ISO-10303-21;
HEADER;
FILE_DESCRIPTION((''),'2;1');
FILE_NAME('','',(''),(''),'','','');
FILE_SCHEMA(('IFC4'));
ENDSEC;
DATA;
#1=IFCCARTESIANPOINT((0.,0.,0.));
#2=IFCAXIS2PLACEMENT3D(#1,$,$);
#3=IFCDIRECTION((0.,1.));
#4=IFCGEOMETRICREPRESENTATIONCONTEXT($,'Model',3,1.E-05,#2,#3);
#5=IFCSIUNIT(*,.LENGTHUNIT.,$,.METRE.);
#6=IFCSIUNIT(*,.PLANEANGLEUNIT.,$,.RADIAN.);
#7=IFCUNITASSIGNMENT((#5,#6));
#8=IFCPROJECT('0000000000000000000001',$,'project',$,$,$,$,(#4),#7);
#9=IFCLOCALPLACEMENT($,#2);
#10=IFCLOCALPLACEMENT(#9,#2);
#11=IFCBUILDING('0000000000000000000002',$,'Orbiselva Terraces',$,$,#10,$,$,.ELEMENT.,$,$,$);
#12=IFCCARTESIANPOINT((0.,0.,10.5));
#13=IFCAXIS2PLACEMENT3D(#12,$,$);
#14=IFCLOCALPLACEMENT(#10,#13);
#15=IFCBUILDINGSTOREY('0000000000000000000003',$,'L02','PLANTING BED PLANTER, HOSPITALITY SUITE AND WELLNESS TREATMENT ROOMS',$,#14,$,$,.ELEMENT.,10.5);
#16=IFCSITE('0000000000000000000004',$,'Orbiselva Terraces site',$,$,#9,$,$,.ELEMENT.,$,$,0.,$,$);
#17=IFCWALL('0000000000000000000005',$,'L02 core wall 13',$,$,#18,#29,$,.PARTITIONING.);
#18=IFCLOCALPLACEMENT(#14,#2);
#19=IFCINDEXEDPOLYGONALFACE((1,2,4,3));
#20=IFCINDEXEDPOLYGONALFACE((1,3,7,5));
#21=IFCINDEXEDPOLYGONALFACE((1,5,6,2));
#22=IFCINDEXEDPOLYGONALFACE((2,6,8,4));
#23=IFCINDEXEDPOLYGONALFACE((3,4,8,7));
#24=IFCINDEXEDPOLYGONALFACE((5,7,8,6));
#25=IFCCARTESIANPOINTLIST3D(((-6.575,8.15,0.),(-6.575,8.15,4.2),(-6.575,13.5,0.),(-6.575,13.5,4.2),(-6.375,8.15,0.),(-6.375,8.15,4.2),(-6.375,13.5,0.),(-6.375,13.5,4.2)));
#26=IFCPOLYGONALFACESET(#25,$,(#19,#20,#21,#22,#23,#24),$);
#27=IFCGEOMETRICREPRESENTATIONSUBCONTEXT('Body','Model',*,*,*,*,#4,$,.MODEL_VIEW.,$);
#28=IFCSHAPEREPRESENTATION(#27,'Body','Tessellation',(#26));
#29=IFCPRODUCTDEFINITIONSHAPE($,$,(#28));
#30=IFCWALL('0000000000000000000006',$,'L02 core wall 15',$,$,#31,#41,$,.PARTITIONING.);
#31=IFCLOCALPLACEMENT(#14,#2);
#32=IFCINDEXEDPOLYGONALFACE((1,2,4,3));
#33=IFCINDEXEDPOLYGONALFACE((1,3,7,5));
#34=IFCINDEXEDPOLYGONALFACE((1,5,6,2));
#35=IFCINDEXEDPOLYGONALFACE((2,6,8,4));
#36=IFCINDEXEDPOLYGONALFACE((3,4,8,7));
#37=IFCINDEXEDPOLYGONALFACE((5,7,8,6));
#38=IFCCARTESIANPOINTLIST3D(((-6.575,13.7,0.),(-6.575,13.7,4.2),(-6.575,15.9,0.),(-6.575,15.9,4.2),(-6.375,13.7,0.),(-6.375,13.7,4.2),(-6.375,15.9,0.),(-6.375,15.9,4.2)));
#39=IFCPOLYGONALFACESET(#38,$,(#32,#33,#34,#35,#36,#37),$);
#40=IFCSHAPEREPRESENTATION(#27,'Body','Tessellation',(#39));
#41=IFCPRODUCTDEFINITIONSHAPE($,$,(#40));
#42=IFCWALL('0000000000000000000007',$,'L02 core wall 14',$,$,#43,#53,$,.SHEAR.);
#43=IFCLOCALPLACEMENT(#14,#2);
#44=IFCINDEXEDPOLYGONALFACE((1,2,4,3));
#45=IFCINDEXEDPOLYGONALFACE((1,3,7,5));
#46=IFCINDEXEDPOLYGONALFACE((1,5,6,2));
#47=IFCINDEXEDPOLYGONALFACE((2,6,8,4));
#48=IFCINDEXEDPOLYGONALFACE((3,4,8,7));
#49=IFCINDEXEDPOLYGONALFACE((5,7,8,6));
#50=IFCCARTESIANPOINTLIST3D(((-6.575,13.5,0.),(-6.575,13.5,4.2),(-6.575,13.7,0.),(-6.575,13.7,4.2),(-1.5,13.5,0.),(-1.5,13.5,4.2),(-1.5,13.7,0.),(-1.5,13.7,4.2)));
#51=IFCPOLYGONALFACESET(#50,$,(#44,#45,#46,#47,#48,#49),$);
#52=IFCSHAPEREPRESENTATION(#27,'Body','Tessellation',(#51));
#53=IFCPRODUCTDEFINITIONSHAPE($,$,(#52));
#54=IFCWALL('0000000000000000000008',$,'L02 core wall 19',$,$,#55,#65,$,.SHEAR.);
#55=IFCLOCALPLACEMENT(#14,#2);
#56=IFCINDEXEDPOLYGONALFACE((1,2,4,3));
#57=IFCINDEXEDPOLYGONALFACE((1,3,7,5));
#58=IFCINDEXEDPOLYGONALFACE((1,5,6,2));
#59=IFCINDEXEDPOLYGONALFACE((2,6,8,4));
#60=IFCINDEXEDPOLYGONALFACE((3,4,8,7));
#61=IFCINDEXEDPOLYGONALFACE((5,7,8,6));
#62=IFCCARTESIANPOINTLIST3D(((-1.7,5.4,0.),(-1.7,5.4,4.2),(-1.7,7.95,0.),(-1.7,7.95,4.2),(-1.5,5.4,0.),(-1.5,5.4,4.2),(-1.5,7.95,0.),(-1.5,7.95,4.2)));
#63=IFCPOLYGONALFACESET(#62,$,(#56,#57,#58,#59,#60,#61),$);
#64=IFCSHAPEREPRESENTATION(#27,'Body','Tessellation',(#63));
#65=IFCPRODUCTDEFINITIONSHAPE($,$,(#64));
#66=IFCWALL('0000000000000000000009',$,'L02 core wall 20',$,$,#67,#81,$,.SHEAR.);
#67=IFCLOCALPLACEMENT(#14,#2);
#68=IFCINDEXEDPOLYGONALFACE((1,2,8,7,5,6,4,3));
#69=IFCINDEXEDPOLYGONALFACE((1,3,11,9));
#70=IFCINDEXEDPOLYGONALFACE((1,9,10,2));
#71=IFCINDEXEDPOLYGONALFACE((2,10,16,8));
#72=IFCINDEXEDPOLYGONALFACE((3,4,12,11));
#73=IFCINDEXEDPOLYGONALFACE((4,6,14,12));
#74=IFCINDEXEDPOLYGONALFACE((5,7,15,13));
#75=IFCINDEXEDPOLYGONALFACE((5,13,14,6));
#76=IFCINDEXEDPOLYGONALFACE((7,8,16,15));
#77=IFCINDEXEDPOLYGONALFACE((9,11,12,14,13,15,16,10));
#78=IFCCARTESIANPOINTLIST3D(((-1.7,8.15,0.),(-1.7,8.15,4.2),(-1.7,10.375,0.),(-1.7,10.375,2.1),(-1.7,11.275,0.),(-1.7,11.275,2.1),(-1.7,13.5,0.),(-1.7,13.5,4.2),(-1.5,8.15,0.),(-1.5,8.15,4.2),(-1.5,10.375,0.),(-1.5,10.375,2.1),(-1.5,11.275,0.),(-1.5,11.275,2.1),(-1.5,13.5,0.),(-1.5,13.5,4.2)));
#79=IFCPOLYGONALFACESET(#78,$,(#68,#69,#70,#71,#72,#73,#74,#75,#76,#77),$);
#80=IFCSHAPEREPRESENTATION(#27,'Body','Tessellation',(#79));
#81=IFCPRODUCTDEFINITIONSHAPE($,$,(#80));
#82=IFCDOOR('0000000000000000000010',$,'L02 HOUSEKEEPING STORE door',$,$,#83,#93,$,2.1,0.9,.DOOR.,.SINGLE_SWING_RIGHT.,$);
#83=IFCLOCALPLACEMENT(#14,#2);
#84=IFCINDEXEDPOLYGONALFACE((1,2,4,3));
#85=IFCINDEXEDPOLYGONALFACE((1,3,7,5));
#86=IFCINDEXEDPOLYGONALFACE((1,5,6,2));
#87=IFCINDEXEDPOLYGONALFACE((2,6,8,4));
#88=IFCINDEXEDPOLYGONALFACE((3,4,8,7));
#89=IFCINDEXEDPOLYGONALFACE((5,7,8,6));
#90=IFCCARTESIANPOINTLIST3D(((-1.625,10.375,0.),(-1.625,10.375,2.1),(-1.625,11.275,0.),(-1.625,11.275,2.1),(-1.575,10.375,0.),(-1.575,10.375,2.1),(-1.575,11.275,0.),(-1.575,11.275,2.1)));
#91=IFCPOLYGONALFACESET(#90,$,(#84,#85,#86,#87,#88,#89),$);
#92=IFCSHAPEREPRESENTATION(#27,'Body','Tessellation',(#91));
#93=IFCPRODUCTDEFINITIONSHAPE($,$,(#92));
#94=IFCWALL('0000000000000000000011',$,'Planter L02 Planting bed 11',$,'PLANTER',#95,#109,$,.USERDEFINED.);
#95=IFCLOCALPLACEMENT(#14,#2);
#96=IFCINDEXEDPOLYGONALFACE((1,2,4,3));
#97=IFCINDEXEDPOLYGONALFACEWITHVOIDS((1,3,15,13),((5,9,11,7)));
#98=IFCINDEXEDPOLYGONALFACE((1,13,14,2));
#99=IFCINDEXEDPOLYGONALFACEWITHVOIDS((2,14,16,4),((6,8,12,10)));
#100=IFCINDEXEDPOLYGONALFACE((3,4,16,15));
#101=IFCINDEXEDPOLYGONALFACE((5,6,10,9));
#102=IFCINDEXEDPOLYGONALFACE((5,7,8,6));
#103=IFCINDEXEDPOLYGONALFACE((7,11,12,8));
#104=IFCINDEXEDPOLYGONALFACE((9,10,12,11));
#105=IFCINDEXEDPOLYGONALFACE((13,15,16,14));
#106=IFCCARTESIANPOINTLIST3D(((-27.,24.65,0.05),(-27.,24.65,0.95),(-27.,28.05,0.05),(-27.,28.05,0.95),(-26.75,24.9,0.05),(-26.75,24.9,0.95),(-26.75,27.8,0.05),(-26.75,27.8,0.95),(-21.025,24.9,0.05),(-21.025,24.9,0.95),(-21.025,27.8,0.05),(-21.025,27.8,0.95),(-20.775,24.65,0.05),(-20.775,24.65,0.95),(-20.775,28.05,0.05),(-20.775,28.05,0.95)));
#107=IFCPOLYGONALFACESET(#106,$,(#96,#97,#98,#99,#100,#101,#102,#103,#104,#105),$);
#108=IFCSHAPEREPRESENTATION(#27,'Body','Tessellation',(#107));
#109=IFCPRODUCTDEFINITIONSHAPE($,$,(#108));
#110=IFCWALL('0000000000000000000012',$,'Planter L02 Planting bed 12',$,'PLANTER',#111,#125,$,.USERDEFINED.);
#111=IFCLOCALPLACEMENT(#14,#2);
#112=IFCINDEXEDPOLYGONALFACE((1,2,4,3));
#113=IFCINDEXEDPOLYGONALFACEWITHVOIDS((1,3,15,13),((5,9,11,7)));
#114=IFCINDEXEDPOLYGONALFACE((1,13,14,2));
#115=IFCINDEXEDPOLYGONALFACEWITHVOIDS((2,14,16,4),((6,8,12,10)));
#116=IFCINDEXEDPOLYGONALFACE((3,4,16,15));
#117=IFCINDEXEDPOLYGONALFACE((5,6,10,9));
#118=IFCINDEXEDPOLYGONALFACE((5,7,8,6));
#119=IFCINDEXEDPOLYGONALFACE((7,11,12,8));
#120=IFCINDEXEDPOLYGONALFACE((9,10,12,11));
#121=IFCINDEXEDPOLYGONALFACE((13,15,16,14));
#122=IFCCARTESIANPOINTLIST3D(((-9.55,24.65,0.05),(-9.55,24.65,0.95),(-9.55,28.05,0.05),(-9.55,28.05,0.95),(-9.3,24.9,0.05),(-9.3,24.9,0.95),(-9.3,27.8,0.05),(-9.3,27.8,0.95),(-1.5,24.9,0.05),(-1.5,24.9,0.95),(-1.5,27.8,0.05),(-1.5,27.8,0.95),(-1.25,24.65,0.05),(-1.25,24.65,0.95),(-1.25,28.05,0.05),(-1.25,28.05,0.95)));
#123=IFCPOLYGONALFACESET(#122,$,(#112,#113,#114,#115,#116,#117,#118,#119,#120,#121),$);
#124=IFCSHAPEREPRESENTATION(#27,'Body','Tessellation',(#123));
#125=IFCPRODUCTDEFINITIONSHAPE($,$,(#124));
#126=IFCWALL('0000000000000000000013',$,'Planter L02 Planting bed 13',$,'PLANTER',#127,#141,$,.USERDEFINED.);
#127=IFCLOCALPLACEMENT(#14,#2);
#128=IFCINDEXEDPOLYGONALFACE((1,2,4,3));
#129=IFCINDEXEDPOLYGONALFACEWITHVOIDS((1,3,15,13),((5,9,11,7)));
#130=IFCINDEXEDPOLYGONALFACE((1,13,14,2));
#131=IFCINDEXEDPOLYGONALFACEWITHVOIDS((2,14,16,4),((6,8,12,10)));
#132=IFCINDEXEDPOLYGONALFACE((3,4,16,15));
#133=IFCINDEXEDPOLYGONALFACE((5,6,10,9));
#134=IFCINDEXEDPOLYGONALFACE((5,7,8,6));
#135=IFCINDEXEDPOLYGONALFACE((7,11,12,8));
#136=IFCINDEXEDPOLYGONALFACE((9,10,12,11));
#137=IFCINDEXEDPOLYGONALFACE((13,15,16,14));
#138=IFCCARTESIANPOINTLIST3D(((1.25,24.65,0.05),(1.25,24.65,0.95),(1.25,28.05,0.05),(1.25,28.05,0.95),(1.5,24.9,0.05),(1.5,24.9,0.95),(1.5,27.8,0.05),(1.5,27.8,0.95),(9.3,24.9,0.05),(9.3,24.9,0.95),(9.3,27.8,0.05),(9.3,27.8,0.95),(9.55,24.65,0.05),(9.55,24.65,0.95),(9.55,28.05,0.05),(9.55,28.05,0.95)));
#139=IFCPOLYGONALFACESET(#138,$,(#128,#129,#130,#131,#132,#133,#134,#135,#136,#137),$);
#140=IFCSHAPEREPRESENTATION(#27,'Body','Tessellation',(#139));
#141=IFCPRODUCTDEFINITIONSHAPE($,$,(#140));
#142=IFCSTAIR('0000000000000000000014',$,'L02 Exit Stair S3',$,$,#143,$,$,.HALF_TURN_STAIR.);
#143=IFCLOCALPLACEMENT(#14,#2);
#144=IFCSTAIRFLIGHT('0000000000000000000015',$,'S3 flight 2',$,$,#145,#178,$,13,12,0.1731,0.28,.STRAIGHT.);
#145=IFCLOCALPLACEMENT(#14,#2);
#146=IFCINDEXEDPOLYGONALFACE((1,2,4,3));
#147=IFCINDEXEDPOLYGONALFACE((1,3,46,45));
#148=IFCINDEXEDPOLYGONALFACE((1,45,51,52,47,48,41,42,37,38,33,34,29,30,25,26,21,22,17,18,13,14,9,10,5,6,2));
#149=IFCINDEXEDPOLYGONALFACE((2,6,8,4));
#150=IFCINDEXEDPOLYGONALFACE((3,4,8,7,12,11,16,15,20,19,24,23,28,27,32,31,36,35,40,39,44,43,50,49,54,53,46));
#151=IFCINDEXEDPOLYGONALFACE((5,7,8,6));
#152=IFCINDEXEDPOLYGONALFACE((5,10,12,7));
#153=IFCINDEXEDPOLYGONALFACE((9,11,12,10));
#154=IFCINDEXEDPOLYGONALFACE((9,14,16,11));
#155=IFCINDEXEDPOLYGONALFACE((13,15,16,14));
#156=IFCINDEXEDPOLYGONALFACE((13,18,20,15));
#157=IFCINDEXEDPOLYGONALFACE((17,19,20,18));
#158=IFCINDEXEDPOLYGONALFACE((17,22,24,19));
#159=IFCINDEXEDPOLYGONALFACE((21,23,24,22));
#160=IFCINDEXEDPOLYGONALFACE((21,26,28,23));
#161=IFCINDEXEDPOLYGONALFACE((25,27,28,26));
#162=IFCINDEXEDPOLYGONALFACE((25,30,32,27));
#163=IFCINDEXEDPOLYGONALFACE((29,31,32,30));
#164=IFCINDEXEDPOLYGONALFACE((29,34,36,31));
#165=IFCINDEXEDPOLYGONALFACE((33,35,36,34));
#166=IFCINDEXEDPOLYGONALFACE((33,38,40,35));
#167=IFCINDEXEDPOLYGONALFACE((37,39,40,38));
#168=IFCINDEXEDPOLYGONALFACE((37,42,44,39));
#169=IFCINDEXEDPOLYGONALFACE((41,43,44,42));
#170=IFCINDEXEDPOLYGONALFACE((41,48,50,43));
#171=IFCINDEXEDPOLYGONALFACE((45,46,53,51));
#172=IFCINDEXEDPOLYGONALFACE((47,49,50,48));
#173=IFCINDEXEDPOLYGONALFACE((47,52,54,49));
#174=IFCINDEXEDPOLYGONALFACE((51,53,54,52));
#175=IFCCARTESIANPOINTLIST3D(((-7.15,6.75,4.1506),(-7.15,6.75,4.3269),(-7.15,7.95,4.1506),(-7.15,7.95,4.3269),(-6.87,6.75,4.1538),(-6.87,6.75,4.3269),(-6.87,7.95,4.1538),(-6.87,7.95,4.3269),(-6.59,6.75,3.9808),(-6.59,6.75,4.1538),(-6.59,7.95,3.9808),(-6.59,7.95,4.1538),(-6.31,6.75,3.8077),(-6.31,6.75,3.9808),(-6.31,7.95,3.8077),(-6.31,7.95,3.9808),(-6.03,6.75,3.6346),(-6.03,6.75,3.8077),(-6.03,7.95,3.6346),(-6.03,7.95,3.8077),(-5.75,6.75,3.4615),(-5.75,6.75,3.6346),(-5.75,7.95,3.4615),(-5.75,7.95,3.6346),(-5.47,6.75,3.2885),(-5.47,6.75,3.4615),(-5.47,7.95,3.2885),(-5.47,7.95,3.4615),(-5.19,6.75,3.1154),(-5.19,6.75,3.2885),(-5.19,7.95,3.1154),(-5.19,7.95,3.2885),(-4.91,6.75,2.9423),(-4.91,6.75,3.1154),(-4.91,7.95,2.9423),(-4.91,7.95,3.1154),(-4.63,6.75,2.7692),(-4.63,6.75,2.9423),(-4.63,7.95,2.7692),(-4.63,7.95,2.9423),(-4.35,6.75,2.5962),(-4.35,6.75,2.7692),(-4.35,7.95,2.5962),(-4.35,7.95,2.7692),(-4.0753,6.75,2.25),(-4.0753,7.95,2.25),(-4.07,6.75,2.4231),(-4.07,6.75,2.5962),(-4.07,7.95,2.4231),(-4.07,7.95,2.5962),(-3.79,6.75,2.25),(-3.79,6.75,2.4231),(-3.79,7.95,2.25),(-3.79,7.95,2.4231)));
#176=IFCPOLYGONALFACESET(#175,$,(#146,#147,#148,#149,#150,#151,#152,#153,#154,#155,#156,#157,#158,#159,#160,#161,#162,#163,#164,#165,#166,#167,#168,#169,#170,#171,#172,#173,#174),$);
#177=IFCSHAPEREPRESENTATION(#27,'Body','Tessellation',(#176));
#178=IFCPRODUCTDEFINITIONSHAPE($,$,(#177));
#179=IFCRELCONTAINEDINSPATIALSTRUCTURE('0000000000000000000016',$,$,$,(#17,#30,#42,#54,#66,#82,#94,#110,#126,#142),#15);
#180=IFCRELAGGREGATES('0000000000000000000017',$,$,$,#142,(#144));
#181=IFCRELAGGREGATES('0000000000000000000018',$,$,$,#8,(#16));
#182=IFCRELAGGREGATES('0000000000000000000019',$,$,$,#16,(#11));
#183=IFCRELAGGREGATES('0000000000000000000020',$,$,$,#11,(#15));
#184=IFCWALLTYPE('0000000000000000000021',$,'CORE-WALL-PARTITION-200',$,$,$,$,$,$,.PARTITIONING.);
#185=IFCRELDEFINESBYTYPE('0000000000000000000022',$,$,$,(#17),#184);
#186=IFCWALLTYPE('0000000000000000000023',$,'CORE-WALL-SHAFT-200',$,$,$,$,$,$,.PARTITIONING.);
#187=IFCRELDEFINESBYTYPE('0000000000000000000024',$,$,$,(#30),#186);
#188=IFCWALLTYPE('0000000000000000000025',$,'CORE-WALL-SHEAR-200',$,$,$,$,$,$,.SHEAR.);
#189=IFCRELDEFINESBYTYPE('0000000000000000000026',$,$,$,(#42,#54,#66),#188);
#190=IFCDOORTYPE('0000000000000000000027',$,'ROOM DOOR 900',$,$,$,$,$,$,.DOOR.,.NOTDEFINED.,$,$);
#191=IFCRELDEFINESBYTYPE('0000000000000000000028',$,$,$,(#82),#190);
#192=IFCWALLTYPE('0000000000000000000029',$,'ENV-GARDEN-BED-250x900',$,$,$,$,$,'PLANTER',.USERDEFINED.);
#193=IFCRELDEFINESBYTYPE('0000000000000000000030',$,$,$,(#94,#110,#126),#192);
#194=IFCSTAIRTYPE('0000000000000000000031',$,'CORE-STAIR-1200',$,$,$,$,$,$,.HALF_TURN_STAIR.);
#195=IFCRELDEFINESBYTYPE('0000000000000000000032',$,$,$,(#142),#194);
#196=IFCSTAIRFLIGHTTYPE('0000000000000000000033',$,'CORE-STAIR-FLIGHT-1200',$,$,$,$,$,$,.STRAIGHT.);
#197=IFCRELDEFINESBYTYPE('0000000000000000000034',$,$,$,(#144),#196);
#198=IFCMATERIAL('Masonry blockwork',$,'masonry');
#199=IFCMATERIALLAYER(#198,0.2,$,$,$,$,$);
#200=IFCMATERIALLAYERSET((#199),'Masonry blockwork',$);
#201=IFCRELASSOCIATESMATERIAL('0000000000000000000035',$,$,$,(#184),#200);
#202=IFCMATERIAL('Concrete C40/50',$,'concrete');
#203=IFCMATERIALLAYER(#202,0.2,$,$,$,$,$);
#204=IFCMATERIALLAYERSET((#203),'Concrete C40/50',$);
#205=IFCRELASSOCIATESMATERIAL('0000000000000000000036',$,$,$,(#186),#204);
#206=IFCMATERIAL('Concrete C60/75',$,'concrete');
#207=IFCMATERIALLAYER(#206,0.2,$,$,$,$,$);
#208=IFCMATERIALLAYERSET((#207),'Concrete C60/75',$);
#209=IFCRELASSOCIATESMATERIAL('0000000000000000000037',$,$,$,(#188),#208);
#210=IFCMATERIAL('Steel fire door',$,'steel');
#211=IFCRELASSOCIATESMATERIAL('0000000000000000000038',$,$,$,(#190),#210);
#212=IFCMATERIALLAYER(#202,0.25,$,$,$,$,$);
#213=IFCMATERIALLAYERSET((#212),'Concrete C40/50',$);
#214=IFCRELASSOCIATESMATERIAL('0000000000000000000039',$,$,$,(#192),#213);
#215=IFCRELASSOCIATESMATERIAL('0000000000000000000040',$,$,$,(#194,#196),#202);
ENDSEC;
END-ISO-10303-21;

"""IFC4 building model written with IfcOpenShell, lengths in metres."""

from ifc_helpers import new_model, si_unit, direction, frame, frame_2d, origin, place, context, subcontext, project, spatial, polyline, rectangle, outline, extrude, material, layer, layer_set, type_object, element, fill, aggregate, save


model = new_model("IFC4")

# Units and contexts
model_context = context("Model", 3, precision=1e-05, world=origin(), true_north=direction((0.0, 1.0)))
body_context = subcontext(model_context, "Body", "Model", "MODEL_VIEW")
ifc_project = project(units=[si_unit("LENGTHUNIT", "METRE"), si_unit("PLANEANGLEUNIT", "RADIAN")], contexts=[model_context])

# Site, building, storey
site_placement = place(None, origin())
site = spatial("IfcSite", under=ifc_project, at=site_placement, Name="Orbiselva Terraces site", CompositionType="ELEMENT", RefElevation=0.0)
building_placement = place(site_placement, origin())
building = spatial("IfcBuilding", under=site, at=building_placement, Name="Orbiselva Terraces", CompositionType="ELEMENT")
storey_placement = place(building_placement, frame((0.0, 0.0, 10.5)))
storey = spatial("IfcBuildingStorey", under=building, at=storey_placement, Name="L02", Description="PLANTING BED PLANTER, HOSPITALITY SUITE AND WELLNESS TREATMENT ROOMS", CompositionType="ELEMENT", Elevation=10.5)

# Walls
ifc_material_1 = material(Name="Masonry blockwork", Category="masonry")
ifc_layer_1 = layer(ifc_material_1, 0.2)
ifc_layer_set_1 = layer_set([ifc_layer_1], Name="Masonry blockwork")
wall_type_1 = type_object("IfcWallType", Name="CORE-WALL-PARTITION-200", PredefinedType="PARTITIONING", material=ifc_layer_set_1)
wall_1_placement = place(storey_placement, frame((-6.475, 8.15, 0.0), z_axis=(0.0, 0.0, 1.0), x_axis=(0.0, 1.0, 0.0)))
element("IfcWall", 1, at=wall_1_placement, inside=storey, type_object=wall_type_1, Name="L02 core wall 13", PredefinedType="PARTITIONING", context=body_context, shape_type="SweptSolid", body=[
    extrude(rectangle(XDim=5.35, YDim=0.2, at=frame_2d((2.675, 0.0))), origin(), (0.0, 0.0, 1.0), 4.2),
])
ifc_material_2 = material(Name="Concrete C40/50", Category="concrete")
ifc_layer_2 = layer(ifc_material_2, 0.2)
ifc_layer_set_2 = layer_set([ifc_layer_2], Name="Concrete C40/50")
wall_type_2 = type_object("IfcWallType", Name="CORE-WALL-SHAFT-200", PredefinedType="PARTITIONING", material=ifc_layer_set_2)
wall_2_placement = place(storey_placement, frame((-6.475, 13.7, 0.0), z_axis=(0.0, 0.0, 1.0), x_axis=(0.0, 1.0, 0.0)))
element("IfcWall", 2, at=wall_2_placement, inside=storey, type_object=wall_type_2, Name="L02 core wall 15", PredefinedType="PARTITIONING", context=body_context, shape_type="SweptSolid", body=[
    extrude(rectangle(XDim=2.2, YDim=0.2, at=frame_2d((1.1, 0.0))), origin(), (0.0, 0.0, 1.0), 4.2),
])
ifc_material_3 = material(Name="Concrete C60/75", Category="concrete")
ifc_layer_3 = layer(ifc_material_3, 0.2)
ifc_layer_set_3 = layer_set([ifc_layer_3], Name="Concrete C60/75")
wall_type_3 = type_object("IfcWallType", Name="CORE-WALL-SHEAR-200", PredefinedType="SHEAR", material=ifc_layer_set_3)
wall_3_placement = place(storey_placement, frame((-6.575, 13.6, 0.0), z_axis=(0.0, 0.0, 1.0), x_axis=(1.0, 0.0, 0.0)))
element("IfcWall", 3, at=wall_3_placement, inside=storey, type_object=wall_type_3, Name="L02 core wall 14", PredefinedType="SHEAR", context=body_context, shape_type="SweptSolid", body=[
    extrude(rectangle(XDim=5.075, YDim=0.2, at=frame_2d((2.5375, 0.0))), origin(), (0.0, 0.0, 1.0), 4.2),
])
wall_4_placement = place(storey_placement, frame((-1.6, 5.4, 0.0), z_axis=(0.0, 0.0, 1.0), x_axis=(0.0, 1.0, 0.0)))
element("IfcWall", 4, at=wall_4_placement, inside=storey, type_object=wall_type_3, Name="L02 core wall 19", PredefinedType="SHEAR", context=body_context, shape_type="SweptSolid", body=[
    extrude(rectangle(XDim=2.55, YDim=0.2, at=frame_2d((1.275, 0.0))), origin(), (0.0, 0.0, 1.0), 4.2),
])

# Wall, opening, door
wall_5_placement = place(storey_placement, frame((-1.6, 8.15, 0.0), z_axis=(0.0, 0.0, 1.0), x_axis=(0.0, 1.0, 0.0)))
wall_5 = element("IfcWall", 5, at=wall_5_placement, inside=storey, type_object=wall_type_3, Name="L02 core wall 20", PredefinedType="SHEAR", context=body_context, shape_type="SweptSolid", body=[
    extrude(rectangle(XDim=5.35, YDim=0.2, at=frame_2d((2.675, 0.0))), origin(), (0.0, 0.0, 1.0), 4.2),
])
opening_placement = place(wall_5_placement, frame((2.225, 0.0, 0.0)))
opening = element("IfcOpeningElement", 6, at=opening_placement, cuts=wall_5, PredefinedType="OPENING", context=body_context, shape_type="SweptSolid", body=[
    extrude(rectangle(XDim=0.9, YDim=2.1, at=frame_2d((0.45, 1.05))), frame((0.0, 0.11, 0.0), z_axis=(0.0, -1.0, 0.0), x_axis=(1.0, 0.0, 0.0)), (0.0, 0.0, 1.0), 0.22),
])
ifc_material_4 = material(Name="Steel fire door", Category="steel")
door_type = type_object("IfcDoorType", Name="ROOM DOOR 900", OperationType="NOTDEFINED", PredefinedType="DOOR", material=ifc_material_4)
door_placement = place(opening_placement, origin())
door = element("IfcDoor", 7, at=door_placement, inside=storey, type_object=door_type, Name="L02 HOUSEKEEPING STORE door", OperationType="SINGLE_SWING_RIGHT", OverallHeight=2.1, OverallWidth=0.9, PredefinedType="DOOR", context=body_context, shape_type="SweptSolid", body=[
    extrude(rectangle(XDim=0.9, YDim=2.1, at=frame_2d((0.45, 1.05))), frame((0.0, 0.025, 0.0), z_axis=(0.0, -1.0, 0.0), x_axis=(1.0, 0.0, 0.0)), (0.0, 0.0, 1.0), 0.05),
])
fill(opening, door)

# Walls
ifc_layer_4 = layer(ifc_material_2, 0.25)
ifc_layer_set_4 = layer_set([ifc_layer_4], Name="Concrete C40/50")
wall_type_4 = type_object("IfcWallType", Name="ENV-GARDEN-BED-250x900", ElementType="PLANTER", PredefinedType="USERDEFINED", material=ifc_layer_set_4)
wall_6_placement = place(storey_placement, frame((0.0, 0.0, 0.05)))
element("IfcWall", 8, at=wall_6_placement, inside=storey, type_object=wall_type_4, Name="Planter L02 Planting bed 11", ObjectType="PLANTER", PredefinedType="USERDEFINED", context=body_context, shape_type="SweptSolid", body=[
    extrude(outline(polyline([(-27.0, 24.65), (-20.775, 24.65), (-20.775, 28.05), (-27.0, 28.05), (-27.0, 24.65)]), holes=[polyline([(-26.75, 27.8), (-21.025, 27.8), (-21.025, 24.9), (-26.75, 24.9), (-26.75, 27.8)])]), origin(), (0.0, 0.0, 1.0), 0.9),
])
wall_7_placement = place(storey_placement, frame((0.0, 0.0, 0.05)))
element("IfcWall", 9, at=wall_7_placement, inside=storey, type_object=wall_type_4, Name="Planter L02 Planting bed 12", ObjectType="PLANTER", PredefinedType="USERDEFINED", context=body_context, shape_type="SweptSolid", body=[
    extrude(outline(polyline([(-9.55, 24.65), (-1.25, 24.65), (-1.25, 28.05), (-9.55, 28.05), (-9.55, 24.65)]), holes=[polyline([(-9.3, 27.8), (-1.5, 27.8), (-1.5, 24.9), (-9.3, 24.9), (-9.3, 27.8)])]), origin(), (0.0, 0.0, 1.0), 0.9),
])
wall_8_placement = place(storey_placement, frame((0.0, 0.0, 0.05)))
element("IfcWall", 10, at=wall_8_placement, inside=storey, type_object=wall_type_4, Name="Planter L02 Planting bed 13", ObjectType="PLANTER", PredefinedType="USERDEFINED", context=body_context, shape_type="SweptSolid", body=[
    extrude(outline(polyline([(1.25, 24.65), (9.55, 24.65), (9.55, 28.05), (1.25, 28.05), (1.25, 24.65)]), holes=[polyline([(1.5, 27.8), (9.3, 27.8), (9.3, 24.9), (1.5, 24.9), (1.5, 27.8)])]), origin(), (0.0, 0.0, 1.0), 0.9),
])

# Stair, stair flight
stair_type = type_object("IfcStairType", Name="CORE-STAIR-1200", PredefinedType="HALF_TURN_STAIR", material=ifc_material_2)
stair_placement = place(storey_placement, origin())
stair = element("IfcStair", 11, at=stair_placement, inside=storey, type_object=stair_type, Name="L02 Exit Stair S3", PredefinedType="HALF_TURN_STAIR")
stair_flight_type = type_object("IfcStairFlightType", Name="CORE-STAIR-FLIGHT-1200", PredefinedType="STRAIGHT", material=ifc_material_2)
stair_flight_placement = place(storey_placement, frame((-3.79, 7.35, 2.25), z_axis=(0.0, 0.0, 1.0), x_axis=(-1.0, 0.0, 0.0)))
stair_flight = element("IfcStairFlight", 12, at=stair_flight_placement, type_object=stair_flight_type, Name="S3 flight 2", NumberOfRisers=13, NumberOfTreads=12, PredefinedType="STRAIGHT", RiserHeight=0.1731, TreadLength=0.28, context=body_context, shape_type="SweptSolid", body=[
    extrude(outline(polyline([(0.0, 0.0), (0.0, 0.1731), (0.28, 0.1731), (0.28, 0.3462), (0.56, 0.3462), (0.56, 0.5192), (0.84, 0.5192), (0.84, 0.6923), (1.12, 0.6923), (1.12, 0.8654), (1.4, 0.8654), (1.4, 1.0385), (1.68, 1.0385), (1.68, 1.2115), (1.96, 1.2115), (1.96, 1.3846), (2.24, 1.3846), (2.24, 1.5577), (2.52, 1.5577), (2.52, 1.7308), (2.8, 1.7308), (2.8, 1.9038), (3.08, 1.9038), (3.08, 2.0769), (3.36, 2.0769), (3.36, 2.25), (3.36, 1.9006), (0.2853, 0.0), (0.0, 0.0)])), frame((0.0, 0.6, 0.0), z_axis=(0.0, -1.0, 0.0), x_axis=(1.0, 0.0, 0.0)), (0.0, 0.0, 1.0), 1.2),
])
aggregate(stair, [stair_flight])

save(model, "model.ifc")
